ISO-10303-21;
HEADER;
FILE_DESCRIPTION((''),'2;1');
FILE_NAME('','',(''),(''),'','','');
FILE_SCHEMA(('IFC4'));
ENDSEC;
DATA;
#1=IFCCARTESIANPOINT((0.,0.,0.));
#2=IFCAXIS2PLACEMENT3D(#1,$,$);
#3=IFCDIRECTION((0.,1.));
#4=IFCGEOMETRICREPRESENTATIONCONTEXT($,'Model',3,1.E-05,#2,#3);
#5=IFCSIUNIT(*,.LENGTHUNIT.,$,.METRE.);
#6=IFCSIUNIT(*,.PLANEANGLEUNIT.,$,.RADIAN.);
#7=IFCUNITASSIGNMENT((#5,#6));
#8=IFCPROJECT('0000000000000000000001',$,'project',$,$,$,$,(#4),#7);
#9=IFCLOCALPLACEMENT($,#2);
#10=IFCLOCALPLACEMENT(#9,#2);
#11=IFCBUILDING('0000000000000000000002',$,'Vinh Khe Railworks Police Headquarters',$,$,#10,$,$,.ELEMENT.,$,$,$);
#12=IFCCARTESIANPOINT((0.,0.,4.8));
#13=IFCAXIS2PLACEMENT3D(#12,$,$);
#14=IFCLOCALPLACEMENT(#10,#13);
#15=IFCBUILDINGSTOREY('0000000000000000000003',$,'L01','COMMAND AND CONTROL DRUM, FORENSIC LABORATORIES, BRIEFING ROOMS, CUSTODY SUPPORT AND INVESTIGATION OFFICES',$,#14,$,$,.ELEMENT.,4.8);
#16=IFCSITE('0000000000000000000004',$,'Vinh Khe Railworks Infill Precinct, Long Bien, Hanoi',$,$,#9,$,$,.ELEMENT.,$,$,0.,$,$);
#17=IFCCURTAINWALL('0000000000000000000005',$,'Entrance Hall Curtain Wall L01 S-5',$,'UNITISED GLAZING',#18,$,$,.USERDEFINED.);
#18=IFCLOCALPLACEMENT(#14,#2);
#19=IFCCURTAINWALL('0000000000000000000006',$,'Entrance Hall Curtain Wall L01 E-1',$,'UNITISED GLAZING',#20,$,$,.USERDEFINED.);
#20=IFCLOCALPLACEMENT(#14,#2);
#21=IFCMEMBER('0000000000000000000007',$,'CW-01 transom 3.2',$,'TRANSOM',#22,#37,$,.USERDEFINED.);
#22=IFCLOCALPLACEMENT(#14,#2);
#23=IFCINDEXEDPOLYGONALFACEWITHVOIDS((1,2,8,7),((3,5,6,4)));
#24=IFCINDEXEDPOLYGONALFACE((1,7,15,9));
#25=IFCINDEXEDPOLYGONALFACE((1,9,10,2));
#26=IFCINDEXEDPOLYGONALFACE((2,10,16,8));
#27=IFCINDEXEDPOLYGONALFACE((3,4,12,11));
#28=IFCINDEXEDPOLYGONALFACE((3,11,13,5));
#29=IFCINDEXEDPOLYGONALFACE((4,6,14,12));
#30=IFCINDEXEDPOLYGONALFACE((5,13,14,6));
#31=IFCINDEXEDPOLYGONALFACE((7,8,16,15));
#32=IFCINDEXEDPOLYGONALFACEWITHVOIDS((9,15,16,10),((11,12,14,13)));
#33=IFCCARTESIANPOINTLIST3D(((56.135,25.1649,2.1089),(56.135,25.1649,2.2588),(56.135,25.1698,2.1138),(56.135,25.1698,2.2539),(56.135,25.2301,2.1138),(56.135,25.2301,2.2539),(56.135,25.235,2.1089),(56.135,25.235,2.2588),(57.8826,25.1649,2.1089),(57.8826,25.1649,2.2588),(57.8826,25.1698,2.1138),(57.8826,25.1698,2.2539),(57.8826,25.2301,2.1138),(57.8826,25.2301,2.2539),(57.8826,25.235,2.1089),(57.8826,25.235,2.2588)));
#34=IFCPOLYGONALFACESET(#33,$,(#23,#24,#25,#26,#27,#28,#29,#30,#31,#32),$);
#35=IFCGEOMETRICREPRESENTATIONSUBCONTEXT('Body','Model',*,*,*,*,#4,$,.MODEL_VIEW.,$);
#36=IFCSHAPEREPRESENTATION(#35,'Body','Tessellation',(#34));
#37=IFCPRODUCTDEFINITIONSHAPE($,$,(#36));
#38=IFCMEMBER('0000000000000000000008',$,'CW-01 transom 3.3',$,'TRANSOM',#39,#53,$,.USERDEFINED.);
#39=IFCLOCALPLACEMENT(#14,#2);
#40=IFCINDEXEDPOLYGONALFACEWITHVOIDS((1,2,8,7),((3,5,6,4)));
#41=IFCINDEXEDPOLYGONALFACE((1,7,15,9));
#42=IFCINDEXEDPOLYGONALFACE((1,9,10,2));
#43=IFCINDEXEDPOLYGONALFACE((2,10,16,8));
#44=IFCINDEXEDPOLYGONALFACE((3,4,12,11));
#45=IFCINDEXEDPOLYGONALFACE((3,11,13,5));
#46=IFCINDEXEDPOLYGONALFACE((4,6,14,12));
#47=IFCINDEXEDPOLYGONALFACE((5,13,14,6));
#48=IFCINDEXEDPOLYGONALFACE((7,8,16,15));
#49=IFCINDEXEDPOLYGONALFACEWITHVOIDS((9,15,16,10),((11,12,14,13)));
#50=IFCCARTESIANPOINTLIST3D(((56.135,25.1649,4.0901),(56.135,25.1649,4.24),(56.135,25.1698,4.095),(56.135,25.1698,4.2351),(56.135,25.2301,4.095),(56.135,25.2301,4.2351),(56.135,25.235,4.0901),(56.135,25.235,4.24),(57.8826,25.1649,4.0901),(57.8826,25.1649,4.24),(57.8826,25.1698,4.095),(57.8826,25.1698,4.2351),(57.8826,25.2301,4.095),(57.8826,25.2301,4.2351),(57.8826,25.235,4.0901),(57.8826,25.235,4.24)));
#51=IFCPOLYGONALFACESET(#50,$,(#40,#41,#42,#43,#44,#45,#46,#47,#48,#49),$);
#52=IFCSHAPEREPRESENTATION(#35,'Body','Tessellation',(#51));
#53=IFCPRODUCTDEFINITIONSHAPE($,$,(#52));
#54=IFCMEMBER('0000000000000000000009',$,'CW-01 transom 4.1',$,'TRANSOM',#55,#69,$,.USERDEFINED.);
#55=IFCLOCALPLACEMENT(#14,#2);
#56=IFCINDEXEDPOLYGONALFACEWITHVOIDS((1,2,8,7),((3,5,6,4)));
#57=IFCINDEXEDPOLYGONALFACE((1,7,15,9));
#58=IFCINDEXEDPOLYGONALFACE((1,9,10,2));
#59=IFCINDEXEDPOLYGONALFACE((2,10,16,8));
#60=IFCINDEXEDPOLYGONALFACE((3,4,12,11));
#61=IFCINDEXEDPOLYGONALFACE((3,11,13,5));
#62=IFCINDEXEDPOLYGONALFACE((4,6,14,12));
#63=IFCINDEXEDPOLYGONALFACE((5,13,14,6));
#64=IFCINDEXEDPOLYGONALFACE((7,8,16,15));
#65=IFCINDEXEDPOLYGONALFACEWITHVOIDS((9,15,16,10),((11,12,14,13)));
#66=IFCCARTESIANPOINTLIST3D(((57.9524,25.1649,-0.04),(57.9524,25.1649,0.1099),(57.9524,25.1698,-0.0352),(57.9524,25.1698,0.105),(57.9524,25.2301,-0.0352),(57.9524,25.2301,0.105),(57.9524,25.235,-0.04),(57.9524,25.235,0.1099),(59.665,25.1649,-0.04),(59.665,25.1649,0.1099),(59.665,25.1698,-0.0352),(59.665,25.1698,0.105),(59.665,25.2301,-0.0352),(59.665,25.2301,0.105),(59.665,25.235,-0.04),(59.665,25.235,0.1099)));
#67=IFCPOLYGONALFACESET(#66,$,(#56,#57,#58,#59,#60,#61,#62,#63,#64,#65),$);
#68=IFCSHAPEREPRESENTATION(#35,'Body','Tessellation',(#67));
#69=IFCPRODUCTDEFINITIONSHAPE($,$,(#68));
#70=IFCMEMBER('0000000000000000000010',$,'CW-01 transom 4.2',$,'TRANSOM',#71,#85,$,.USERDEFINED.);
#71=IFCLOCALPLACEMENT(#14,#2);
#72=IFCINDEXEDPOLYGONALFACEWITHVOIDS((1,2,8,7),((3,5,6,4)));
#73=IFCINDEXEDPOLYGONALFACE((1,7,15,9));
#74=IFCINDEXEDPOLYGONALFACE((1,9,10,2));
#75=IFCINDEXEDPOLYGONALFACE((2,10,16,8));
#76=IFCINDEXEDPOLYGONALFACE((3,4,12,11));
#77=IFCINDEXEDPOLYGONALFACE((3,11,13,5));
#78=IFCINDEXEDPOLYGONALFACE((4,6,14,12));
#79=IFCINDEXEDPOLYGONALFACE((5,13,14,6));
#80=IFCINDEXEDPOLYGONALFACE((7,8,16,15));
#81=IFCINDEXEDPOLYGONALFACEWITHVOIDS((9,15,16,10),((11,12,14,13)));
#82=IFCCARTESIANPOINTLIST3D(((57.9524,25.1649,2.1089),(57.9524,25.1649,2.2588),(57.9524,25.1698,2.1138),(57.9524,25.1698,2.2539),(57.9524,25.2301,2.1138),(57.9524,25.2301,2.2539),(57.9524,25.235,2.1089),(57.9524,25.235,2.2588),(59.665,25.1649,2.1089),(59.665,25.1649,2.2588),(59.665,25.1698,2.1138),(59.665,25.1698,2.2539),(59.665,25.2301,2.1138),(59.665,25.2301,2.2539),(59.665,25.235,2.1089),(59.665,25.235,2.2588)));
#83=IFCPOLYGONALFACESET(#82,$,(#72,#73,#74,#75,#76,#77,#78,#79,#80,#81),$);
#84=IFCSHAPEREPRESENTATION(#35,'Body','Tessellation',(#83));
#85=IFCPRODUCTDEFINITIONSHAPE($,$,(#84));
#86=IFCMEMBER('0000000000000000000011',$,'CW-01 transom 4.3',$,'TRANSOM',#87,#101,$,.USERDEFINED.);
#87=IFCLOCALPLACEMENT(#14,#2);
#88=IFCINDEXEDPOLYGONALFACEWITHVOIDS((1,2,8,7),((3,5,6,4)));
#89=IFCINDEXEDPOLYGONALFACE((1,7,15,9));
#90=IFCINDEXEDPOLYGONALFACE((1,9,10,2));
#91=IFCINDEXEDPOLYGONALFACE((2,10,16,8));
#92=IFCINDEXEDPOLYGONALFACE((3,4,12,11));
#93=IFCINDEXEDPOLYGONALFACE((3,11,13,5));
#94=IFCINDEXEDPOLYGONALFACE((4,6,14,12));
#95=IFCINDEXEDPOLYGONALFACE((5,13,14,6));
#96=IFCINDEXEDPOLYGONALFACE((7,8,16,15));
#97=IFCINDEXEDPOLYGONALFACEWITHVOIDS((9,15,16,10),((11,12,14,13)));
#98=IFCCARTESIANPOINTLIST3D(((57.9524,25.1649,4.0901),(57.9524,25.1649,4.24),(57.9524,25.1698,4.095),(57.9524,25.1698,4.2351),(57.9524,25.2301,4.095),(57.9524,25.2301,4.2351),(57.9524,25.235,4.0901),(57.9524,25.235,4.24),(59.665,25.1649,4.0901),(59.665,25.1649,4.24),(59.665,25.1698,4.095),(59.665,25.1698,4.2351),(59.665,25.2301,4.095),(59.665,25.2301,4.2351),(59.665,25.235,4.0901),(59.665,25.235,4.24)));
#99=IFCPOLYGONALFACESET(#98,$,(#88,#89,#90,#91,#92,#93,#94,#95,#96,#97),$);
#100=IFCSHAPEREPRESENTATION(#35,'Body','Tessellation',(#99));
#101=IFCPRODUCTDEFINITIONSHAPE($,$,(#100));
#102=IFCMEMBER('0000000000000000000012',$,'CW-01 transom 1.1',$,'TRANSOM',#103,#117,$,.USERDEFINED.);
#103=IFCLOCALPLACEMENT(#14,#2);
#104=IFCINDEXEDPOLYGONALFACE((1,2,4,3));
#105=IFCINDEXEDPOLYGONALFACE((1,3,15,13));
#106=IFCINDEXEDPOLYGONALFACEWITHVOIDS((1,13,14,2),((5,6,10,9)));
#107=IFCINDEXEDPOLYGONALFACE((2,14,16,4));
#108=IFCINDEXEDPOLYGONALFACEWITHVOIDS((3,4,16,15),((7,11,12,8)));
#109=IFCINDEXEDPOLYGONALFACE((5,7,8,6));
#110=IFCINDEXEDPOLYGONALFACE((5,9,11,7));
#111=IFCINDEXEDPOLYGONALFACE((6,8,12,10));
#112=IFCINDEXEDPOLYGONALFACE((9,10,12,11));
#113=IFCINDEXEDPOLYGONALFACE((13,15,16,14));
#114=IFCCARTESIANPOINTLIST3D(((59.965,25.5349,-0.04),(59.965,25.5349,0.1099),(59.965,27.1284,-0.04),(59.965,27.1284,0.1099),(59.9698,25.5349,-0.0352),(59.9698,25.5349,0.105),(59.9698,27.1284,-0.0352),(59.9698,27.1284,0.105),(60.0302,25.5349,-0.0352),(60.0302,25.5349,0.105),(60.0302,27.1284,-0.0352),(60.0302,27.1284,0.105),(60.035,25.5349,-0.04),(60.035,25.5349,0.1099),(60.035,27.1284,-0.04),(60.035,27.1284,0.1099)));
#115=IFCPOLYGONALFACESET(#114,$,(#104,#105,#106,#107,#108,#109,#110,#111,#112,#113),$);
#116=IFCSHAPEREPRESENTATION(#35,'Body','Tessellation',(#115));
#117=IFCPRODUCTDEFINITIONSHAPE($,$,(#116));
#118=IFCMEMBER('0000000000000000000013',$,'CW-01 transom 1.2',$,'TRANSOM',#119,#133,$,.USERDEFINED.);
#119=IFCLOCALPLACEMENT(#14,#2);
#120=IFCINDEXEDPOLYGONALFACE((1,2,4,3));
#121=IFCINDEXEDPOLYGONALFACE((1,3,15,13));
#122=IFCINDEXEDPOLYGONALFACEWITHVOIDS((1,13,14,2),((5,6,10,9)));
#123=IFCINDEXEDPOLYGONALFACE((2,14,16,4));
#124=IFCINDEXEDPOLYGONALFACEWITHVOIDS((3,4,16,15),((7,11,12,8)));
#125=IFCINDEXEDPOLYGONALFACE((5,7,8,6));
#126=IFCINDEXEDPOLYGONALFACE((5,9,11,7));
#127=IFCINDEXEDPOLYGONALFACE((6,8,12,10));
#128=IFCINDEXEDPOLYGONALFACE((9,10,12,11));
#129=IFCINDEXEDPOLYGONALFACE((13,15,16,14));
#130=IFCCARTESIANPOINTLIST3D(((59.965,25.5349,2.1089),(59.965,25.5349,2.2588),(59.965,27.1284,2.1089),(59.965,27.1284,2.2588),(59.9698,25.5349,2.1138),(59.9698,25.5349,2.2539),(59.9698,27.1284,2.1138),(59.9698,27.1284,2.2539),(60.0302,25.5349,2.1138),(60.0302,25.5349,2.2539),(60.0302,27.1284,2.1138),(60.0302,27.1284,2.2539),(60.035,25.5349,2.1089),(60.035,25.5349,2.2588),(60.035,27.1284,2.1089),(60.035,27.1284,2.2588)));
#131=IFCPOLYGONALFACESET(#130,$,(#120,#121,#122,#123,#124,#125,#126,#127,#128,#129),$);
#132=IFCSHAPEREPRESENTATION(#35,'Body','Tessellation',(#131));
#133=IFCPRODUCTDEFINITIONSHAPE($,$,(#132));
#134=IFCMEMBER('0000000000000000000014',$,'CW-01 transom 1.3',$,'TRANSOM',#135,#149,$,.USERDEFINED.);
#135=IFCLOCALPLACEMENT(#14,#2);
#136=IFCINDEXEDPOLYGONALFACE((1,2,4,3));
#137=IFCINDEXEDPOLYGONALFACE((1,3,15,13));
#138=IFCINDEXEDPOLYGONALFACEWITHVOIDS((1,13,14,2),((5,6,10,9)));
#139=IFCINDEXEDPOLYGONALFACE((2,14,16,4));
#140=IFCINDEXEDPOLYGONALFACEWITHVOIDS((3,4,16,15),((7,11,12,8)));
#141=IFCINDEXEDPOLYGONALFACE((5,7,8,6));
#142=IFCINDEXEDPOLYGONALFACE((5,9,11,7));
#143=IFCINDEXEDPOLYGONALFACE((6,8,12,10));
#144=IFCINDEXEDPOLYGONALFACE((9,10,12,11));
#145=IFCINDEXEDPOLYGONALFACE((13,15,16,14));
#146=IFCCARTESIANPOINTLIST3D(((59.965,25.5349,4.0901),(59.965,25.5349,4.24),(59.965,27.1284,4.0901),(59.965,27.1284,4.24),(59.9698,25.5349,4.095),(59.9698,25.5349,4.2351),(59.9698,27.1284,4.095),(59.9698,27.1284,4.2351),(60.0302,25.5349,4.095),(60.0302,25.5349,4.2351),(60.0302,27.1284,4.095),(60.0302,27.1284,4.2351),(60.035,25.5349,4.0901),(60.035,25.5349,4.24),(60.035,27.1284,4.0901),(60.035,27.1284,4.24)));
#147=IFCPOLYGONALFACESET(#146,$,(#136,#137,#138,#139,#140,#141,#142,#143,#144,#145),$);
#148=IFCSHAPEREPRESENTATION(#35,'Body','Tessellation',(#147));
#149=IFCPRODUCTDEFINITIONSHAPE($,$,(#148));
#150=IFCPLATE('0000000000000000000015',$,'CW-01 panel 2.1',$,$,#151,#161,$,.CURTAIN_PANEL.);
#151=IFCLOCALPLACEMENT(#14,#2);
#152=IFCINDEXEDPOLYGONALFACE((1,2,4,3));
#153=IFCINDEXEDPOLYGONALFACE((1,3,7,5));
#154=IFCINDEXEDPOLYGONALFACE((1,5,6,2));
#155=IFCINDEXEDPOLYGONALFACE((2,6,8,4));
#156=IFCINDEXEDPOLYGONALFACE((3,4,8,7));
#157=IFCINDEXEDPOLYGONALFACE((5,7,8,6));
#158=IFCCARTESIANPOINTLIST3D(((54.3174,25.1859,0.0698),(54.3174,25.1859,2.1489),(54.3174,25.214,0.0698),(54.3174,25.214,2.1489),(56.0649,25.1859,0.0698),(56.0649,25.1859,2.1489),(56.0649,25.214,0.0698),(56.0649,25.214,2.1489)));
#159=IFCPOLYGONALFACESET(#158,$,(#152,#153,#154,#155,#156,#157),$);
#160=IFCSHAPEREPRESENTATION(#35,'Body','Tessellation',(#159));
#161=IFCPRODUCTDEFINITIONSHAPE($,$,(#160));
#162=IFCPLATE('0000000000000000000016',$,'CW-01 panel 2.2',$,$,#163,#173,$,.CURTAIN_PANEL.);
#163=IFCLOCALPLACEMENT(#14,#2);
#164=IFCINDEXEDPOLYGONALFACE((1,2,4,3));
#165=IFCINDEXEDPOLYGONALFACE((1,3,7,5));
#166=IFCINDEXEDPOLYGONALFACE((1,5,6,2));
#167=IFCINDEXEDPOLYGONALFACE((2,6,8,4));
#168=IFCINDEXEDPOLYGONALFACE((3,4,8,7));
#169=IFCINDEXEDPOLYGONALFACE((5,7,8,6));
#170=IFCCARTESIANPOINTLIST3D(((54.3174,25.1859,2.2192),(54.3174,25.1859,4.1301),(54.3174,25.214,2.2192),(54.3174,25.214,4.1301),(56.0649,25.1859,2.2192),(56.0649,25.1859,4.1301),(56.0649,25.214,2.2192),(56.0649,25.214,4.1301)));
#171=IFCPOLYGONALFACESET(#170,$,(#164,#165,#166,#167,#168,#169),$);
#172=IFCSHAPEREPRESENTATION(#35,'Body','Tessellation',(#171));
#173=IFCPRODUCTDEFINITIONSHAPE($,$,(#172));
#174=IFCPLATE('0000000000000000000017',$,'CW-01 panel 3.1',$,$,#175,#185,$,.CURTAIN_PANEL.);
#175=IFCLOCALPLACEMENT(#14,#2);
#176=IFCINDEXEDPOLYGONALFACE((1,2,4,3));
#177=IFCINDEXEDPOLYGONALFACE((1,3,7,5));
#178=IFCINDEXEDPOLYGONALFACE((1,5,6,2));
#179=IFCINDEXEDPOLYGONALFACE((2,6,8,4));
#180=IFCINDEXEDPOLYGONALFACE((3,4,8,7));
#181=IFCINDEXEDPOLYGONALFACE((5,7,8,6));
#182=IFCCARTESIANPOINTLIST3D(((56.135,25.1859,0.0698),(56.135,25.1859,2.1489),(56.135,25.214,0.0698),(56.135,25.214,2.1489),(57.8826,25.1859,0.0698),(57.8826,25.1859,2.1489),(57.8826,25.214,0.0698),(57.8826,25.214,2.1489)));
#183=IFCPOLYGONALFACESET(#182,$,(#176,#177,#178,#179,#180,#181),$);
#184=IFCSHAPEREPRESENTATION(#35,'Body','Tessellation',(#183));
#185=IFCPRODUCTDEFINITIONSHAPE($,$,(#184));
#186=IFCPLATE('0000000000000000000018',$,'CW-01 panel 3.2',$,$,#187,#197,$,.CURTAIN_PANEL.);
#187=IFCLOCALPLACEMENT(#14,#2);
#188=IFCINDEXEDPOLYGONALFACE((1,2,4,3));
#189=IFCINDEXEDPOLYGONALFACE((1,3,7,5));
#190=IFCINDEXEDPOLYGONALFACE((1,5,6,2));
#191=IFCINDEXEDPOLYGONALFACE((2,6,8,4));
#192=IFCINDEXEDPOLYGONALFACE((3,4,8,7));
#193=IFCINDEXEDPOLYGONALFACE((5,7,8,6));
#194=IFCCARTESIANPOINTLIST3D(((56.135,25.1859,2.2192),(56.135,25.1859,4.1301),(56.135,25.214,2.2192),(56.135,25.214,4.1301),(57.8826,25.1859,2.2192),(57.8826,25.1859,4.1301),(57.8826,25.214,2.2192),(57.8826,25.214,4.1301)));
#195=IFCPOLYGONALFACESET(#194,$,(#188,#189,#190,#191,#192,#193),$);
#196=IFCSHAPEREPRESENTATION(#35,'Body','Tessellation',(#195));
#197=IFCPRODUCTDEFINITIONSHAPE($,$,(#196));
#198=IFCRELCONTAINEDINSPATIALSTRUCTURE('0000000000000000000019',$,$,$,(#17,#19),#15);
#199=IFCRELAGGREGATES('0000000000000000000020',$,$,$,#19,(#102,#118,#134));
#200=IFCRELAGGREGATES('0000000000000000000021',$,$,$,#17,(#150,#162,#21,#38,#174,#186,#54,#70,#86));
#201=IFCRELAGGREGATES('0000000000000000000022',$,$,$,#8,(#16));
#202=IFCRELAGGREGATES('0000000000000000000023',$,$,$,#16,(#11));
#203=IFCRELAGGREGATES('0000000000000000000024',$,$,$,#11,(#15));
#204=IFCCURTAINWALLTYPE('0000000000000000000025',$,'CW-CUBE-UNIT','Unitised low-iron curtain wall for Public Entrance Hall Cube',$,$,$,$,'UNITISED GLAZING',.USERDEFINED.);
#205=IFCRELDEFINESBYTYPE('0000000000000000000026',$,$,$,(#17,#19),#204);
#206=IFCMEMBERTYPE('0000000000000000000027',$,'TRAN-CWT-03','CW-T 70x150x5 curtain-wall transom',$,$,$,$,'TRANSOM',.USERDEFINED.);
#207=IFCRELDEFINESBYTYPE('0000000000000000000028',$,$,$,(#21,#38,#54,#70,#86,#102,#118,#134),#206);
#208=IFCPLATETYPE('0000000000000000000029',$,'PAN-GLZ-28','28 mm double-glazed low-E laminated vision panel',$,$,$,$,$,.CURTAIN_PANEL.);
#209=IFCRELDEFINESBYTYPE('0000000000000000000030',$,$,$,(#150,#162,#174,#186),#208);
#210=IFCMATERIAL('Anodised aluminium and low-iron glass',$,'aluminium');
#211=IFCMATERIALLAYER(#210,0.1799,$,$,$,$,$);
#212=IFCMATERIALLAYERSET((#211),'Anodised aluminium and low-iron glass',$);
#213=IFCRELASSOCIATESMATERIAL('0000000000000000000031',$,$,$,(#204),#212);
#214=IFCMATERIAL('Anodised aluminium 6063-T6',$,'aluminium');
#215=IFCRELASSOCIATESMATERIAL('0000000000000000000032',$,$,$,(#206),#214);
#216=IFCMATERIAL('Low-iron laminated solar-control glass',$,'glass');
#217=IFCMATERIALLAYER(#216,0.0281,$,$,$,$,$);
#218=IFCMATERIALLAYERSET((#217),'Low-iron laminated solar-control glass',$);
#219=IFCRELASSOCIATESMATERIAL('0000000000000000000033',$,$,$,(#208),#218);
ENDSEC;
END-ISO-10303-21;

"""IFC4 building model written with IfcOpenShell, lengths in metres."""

from ifc_helpers import new_model, si_unit, direction, frame, origin, origin_2d, place, context, subcontext, project, spatial, rectangle, hollow_rectangle, extrude, material, layer, layer_set, material_profile, profile_set, type_object, element, aggregate, save


model = new_model("IFC4")

# Units and contexts
model_context = context("Model", 3, precision=1e-05, world=origin(), true_north=direction((0.0, 1.0)))
body_context = subcontext(model_context, "Body", "Model", "MODEL_VIEW")
ifc_project = project(units=[si_unit("LENGTHUNIT", "METRE"), si_unit("PLANEANGLEUNIT", "RADIAN")], contexts=[model_context])

# Site, building, storey
site_placement = place(None, origin())
site = spatial("IfcSite", under=ifc_project, at=site_placement, Name="Vinh Khe Railworks Infill Precinct, Long Bien, Hanoi", CompositionType="ELEMENT", RefElevation=0.0)
building_placement = place(site_placement, origin())
building = spatial("IfcBuilding", under=site, at=building_placement, Name="Vinh Khe Railworks Police Headquarters", CompositionType="ELEMENT")
storey_placement = place(building_placement, frame((0.0, 0.0, 4.8)))
storey = spatial("IfcBuildingStorey", under=building, at=storey_placement, Name="L01", Description="COMMAND AND CONTROL DRUM, FORENSIC LABORATORIES, BRIEFING ROOMS, CUSTODY SUPPORT AND INVESTIGATION OFFICES", CompositionType="ELEMENT", Elevation=4.8)

# Curtain wall
ifc_material_1 = material(Name="Anodised aluminium and low-iron glass", Category="aluminium")
ifc_layer_1 = layer(ifc_material_1, 0.1799)
ifc_layer_set_1 = layer_set([ifc_layer_1], Name="Anodised aluminium and low-iron glass")
curtain_wall_type = type_object("IfcCurtainWallType", Name="CW-CUBE-UNIT", Description="Unitised low-iron curtain wall for Public Entrance Hall Cube", ElementType="UNITISED GLAZING", PredefinedType="USERDEFINED", material=ifc_layer_set_1)
curtain_wall_1_placement = place(storey_placement, origin())
curtain_wall_1 = element("IfcCurtainWall", 1, at=curtain_wall_1_placement, inside=storey, type_object=curtain_wall_type, Name="Entrance Hall Curtain Wall L01 S-5", ObjectType="UNITISED GLAZING", PredefinedType="USERDEFINED")
ifc_material_2 = material(Name="Anodised aluminium 6063-T6", Category="aluminium")

# Curtain wall
curtain_wall_2_placement = place(storey_placement, origin())
curtain_wall_2 = element("IfcCurtainWall", 2, at=curtain_wall_2_placement, inside=storey, type_object=curtain_wall_type, Name="Entrance Hall Curtain Wall L01 E-1", ObjectType="UNITISED GLAZING", PredefinedType="USERDEFINED")

# Members
ifc_material_profile_1 = material_profile(ifc_material_2, hollow_rectangle(XDim=0.0701, YDim=0.1499, WallThickness=0.0049, at=origin_2d()), Name="CW-T 70x150x5")
ifc_profile_set_1 = profile_set([ifc_material_profile_1], Name="Anodised aluminium 6063-T6")
member_type_1 = type_object("IfcMemberType", Name="TRAN-CWT-03", Description="CW-T 70x150x5 curtain-wall transom", ElementType="TRANSOM", PredefinedType="USERDEFINED", material=ifc_profile_set_1)
member_1_placement = place(storey_placement, frame((56.135, 25.2, 2.1838), z_axis=(1.0, 0.0, 0.0), x_axis=(0.0, 1.0, 0.0)))
member_1 = element("IfcMember", 3, at=member_1_placement, type_object=member_type_1, Name="CW-01 transom 3.2", ObjectType="TRANSOM", PredefinedType="USERDEFINED", context=body_context, shape_type="SweptSolid", body=[
    extrude(hollow_rectangle(XDim=0.0701, YDim=0.1499, WallThickness=0.0049, at=origin_2d()), origin(), (0.0, 0.0, 1.0), 1.7476),
])
member_2_placement = place(storey_placement, frame((56.135, 25.2, 4.165), z_axis=(1.0, 0.0, 0.0), x_axis=(0.0, 1.0, 0.0)))
member_2 = element("IfcMember", 4, at=member_2_placement, type_object=member_type_1, Name="CW-01 transom 3.3", ObjectType="TRANSOM", PredefinedType="USERDEFINED", context=body_context, shape_type="SweptSolid", body=[
    extrude(hollow_rectangle(XDim=0.0701, YDim=0.1499, WallThickness=0.0049, at=origin_2d()), origin(), (0.0, 0.0, 1.0), 1.7476),
])
member_3_placement = place(storey_placement, frame((57.9524, 25.2, 0.0349), z_axis=(1.0, 0.0, 0.0), x_axis=(0.0, 1.0, 0.0)))
member_3 = element("IfcMember", 5, at=member_3_placement, type_object=member_type_1, Name="CW-01 transom 4.1", ObjectType="TRANSOM", PredefinedType="USERDEFINED", context=body_context, shape_type="SweptSolid", body=[
    extrude(hollow_rectangle(XDim=0.0701, YDim=0.1499, WallThickness=0.0049, at=origin_2d()), origin(), (0.0, 0.0, 1.0), 1.7126),
])
member_4_placement = place(storey_placement, frame((57.9524, 25.2, 2.1838), z_axis=(1.0, 0.0, 0.0), x_axis=(0.0, 1.0, 0.0)))
member_4 = element("IfcMember", 6, at=member_4_placement, type_object=member_type_1, Name="CW-01 transom 4.2", ObjectType="TRANSOM", PredefinedType="USERDEFINED", context=body_context, shape_type="SweptSolid", body=[
    extrude(hollow_rectangle(XDim=0.0701, YDim=0.1499, WallThickness=0.0049, at=origin_2d()), origin(), (0.0, 0.0, 1.0), 1.7126),
])
member_5_placement = place(storey_placement, frame((57.9524, 25.2, 4.165), z_axis=(1.0, 0.0, 0.0), x_axis=(0.0, 1.0, 0.0)))
member_5 = element("IfcMember", 7, at=member_5_placement, type_object=member_type_1, Name="CW-01 transom 4.3", ObjectType="TRANSOM", PredefinedType="USERDEFINED", context=body_context, shape_type="SweptSolid", body=[
    extrude(hollow_rectangle(XDim=0.0701, YDim=0.1499, WallThickness=0.0049, at=origin_2d()), origin(), (0.0, 0.0, 1.0), 1.7126),
])
member_6_placement = place(storey_placement, frame((60.0, 25.5349, 0.0349), z_axis=(0.0, 1.0, 0.0), x_axis=(-1.0, 0.0, 0.0)))
member_6 = element("IfcMember", 8, at=member_6_placement, type_object=member_type_1, Name="CW-01 transom 1.1", ObjectType="TRANSOM", PredefinedType="USERDEFINED", context=body_context, shape_type="SweptSolid", body=[
    extrude(hollow_rectangle(XDim=0.0701, YDim=0.1499, WallThickness=0.0049, at=origin_2d()), origin(), (0.0, 0.0, 1.0), 1.5935),
])
member_7_placement = place(storey_placement, frame((60.0, 25.5349, 2.1838), z_axis=(0.0, 1.0, 0.0), x_axis=(-1.0, 0.0, 0.0)))
member_7 = element("IfcMember", 9, at=member_7_placement, type_object=member_type_1, Name="CW-01 transom 1.2", ObjectType="TRANSOM", PredefinedType="USERDEFINED", context=body_context, shape_type="SweptSolid", body=[
    extrude(hollow_rectangle(XDim=0.0701, YDim=0.1499, WallThickness=0.0049, at=origin_2d()), origin(), (0.0, 0.0, 1.0), 1.5935),
])
member_8_placement = place(storey_placement, frame((60.0, 25.5349, 4.165), z_axis=(0.0, 1.0, 0.0), x_axis=(-1.0, 0.0, 0.0)))
member_8 = element("IfcMember", 10, at=member_8_placement, type_object=member_type_1, Name="CW-01 transom 1.3", ObjectType="TRANSOM", PredefinedType="USERDEFINED", context=body_context, shape_type="SweptSolid", body=[
    extrude(hollow_rectangle(XDim=0.0701, YDim=0.1499, WallThickness=0.0049, at=origin_2d()), origin(), (0.0, 0.0, 1.0), 1.5935),
])
aggregate(curtain_wall_2, [member_6, member_7, member_8])

# Plates
ifc_material_3 = material(Name="Low-iron laminated solar-control glass", Category="glass")
ifc_layer_2 = layer(ifc_material_3, 0.0281)
ifc_layer_set_2 = layer_set([ifc_layer_2], Name="Low-iron laminated solar-control glass")
plate_type = type_object("IfcPlateType", Name="PAN-GLZ-28", Description="28 mm double-glazed low-E laminated vision panel", PredefinedType="CURTAIN_PANEL", material=ifc_layer_set_2)
plate_1_placement = place(storey_placement, frame((55.1912, 25.2, 0.0698), z_axis=(0.0, 0.0, 1.0), x_axis=(1.0, 0.0, 0.0)))
plate_1 = element("IfcPlate", 11, at=plate_1_placement, type_object=plate_type, Name="CW-01 panel 2.1", PredefinedType="CURTAIN_PANEL", context=body_context, shape_type="SweptSolid", body=[
    extrude(rectangle(XDim=1.7476, YDim=0.0281, at=origin_2d()), origin(), (0.0, 0.0, 1.0), 2.0791),
])
plate_2_placement = place(storey_placement, frame((55.1912, 25.2, 2.2192), z_axis=(0.0, 0.0, 1.0), x_axis=(1.0, 0.0, 0.0)))
plate_2 = element("IfcPlate", 12, at=plate_2_placement, type_object=plate_type, Name="CW-01 panel 2.2", PredefinedType="CURTAIN_PANEL", context=body_context, shape_type="SweptSolid", body=[
    extrude(rectangle(XDim=1.7476, YDim=0.0281, at=origin_2d()), origin(), (0.0, 0.0, 1.0), 1.9109),
])
plate_3_placement = place(storey_placement, frame((57.0088, 25.2, 0.0698), z_axis=(0.0, 0.0, 1.0), x_axis=(1.0, 0.0, 0.0)))
plate_3 = element("IfcPlate", 13, at=plate_3_placement, type_object=plate_type, Name="CW-01 panel 3.1", PredefinedType="CURTAIN_PANEL", context=body_context, shape_type="SweptSolid", body=[
    extrude(rectangle(XDim=1.7476, YDim=0.0281, at=origin_2d()), origin(), (0.0, 0.0, 1.0), 2.0791),
])
plate_4_placement = place(storey_placement, frame((57.0088, 25.2, 2.2192), z_axis=(0.0, 0.0, 1.0), x_axis=(1.0, 0.0, 0.0)))
plate_4 = element("IfcPlate", 14, at=plate_4_placement, type_object=plate_type, Name="CW-01 panel 3.2", PredefinedType="CURTAIN_PANEL", context=body_context, shape_type="SweptSolid", body=[
    extrude(rectangle(XDim=1.7476, YDim=0.0281, at=origin_2d()), origin(), (0.0, 0.0, 1.0), 1.9109),
])
aggregate(curtain_wall_1, [plate_1, plate_2, member_1, member_2, plate_3, plate_4, member_3, member_4, member_5])

save(model, "model.ifc")
